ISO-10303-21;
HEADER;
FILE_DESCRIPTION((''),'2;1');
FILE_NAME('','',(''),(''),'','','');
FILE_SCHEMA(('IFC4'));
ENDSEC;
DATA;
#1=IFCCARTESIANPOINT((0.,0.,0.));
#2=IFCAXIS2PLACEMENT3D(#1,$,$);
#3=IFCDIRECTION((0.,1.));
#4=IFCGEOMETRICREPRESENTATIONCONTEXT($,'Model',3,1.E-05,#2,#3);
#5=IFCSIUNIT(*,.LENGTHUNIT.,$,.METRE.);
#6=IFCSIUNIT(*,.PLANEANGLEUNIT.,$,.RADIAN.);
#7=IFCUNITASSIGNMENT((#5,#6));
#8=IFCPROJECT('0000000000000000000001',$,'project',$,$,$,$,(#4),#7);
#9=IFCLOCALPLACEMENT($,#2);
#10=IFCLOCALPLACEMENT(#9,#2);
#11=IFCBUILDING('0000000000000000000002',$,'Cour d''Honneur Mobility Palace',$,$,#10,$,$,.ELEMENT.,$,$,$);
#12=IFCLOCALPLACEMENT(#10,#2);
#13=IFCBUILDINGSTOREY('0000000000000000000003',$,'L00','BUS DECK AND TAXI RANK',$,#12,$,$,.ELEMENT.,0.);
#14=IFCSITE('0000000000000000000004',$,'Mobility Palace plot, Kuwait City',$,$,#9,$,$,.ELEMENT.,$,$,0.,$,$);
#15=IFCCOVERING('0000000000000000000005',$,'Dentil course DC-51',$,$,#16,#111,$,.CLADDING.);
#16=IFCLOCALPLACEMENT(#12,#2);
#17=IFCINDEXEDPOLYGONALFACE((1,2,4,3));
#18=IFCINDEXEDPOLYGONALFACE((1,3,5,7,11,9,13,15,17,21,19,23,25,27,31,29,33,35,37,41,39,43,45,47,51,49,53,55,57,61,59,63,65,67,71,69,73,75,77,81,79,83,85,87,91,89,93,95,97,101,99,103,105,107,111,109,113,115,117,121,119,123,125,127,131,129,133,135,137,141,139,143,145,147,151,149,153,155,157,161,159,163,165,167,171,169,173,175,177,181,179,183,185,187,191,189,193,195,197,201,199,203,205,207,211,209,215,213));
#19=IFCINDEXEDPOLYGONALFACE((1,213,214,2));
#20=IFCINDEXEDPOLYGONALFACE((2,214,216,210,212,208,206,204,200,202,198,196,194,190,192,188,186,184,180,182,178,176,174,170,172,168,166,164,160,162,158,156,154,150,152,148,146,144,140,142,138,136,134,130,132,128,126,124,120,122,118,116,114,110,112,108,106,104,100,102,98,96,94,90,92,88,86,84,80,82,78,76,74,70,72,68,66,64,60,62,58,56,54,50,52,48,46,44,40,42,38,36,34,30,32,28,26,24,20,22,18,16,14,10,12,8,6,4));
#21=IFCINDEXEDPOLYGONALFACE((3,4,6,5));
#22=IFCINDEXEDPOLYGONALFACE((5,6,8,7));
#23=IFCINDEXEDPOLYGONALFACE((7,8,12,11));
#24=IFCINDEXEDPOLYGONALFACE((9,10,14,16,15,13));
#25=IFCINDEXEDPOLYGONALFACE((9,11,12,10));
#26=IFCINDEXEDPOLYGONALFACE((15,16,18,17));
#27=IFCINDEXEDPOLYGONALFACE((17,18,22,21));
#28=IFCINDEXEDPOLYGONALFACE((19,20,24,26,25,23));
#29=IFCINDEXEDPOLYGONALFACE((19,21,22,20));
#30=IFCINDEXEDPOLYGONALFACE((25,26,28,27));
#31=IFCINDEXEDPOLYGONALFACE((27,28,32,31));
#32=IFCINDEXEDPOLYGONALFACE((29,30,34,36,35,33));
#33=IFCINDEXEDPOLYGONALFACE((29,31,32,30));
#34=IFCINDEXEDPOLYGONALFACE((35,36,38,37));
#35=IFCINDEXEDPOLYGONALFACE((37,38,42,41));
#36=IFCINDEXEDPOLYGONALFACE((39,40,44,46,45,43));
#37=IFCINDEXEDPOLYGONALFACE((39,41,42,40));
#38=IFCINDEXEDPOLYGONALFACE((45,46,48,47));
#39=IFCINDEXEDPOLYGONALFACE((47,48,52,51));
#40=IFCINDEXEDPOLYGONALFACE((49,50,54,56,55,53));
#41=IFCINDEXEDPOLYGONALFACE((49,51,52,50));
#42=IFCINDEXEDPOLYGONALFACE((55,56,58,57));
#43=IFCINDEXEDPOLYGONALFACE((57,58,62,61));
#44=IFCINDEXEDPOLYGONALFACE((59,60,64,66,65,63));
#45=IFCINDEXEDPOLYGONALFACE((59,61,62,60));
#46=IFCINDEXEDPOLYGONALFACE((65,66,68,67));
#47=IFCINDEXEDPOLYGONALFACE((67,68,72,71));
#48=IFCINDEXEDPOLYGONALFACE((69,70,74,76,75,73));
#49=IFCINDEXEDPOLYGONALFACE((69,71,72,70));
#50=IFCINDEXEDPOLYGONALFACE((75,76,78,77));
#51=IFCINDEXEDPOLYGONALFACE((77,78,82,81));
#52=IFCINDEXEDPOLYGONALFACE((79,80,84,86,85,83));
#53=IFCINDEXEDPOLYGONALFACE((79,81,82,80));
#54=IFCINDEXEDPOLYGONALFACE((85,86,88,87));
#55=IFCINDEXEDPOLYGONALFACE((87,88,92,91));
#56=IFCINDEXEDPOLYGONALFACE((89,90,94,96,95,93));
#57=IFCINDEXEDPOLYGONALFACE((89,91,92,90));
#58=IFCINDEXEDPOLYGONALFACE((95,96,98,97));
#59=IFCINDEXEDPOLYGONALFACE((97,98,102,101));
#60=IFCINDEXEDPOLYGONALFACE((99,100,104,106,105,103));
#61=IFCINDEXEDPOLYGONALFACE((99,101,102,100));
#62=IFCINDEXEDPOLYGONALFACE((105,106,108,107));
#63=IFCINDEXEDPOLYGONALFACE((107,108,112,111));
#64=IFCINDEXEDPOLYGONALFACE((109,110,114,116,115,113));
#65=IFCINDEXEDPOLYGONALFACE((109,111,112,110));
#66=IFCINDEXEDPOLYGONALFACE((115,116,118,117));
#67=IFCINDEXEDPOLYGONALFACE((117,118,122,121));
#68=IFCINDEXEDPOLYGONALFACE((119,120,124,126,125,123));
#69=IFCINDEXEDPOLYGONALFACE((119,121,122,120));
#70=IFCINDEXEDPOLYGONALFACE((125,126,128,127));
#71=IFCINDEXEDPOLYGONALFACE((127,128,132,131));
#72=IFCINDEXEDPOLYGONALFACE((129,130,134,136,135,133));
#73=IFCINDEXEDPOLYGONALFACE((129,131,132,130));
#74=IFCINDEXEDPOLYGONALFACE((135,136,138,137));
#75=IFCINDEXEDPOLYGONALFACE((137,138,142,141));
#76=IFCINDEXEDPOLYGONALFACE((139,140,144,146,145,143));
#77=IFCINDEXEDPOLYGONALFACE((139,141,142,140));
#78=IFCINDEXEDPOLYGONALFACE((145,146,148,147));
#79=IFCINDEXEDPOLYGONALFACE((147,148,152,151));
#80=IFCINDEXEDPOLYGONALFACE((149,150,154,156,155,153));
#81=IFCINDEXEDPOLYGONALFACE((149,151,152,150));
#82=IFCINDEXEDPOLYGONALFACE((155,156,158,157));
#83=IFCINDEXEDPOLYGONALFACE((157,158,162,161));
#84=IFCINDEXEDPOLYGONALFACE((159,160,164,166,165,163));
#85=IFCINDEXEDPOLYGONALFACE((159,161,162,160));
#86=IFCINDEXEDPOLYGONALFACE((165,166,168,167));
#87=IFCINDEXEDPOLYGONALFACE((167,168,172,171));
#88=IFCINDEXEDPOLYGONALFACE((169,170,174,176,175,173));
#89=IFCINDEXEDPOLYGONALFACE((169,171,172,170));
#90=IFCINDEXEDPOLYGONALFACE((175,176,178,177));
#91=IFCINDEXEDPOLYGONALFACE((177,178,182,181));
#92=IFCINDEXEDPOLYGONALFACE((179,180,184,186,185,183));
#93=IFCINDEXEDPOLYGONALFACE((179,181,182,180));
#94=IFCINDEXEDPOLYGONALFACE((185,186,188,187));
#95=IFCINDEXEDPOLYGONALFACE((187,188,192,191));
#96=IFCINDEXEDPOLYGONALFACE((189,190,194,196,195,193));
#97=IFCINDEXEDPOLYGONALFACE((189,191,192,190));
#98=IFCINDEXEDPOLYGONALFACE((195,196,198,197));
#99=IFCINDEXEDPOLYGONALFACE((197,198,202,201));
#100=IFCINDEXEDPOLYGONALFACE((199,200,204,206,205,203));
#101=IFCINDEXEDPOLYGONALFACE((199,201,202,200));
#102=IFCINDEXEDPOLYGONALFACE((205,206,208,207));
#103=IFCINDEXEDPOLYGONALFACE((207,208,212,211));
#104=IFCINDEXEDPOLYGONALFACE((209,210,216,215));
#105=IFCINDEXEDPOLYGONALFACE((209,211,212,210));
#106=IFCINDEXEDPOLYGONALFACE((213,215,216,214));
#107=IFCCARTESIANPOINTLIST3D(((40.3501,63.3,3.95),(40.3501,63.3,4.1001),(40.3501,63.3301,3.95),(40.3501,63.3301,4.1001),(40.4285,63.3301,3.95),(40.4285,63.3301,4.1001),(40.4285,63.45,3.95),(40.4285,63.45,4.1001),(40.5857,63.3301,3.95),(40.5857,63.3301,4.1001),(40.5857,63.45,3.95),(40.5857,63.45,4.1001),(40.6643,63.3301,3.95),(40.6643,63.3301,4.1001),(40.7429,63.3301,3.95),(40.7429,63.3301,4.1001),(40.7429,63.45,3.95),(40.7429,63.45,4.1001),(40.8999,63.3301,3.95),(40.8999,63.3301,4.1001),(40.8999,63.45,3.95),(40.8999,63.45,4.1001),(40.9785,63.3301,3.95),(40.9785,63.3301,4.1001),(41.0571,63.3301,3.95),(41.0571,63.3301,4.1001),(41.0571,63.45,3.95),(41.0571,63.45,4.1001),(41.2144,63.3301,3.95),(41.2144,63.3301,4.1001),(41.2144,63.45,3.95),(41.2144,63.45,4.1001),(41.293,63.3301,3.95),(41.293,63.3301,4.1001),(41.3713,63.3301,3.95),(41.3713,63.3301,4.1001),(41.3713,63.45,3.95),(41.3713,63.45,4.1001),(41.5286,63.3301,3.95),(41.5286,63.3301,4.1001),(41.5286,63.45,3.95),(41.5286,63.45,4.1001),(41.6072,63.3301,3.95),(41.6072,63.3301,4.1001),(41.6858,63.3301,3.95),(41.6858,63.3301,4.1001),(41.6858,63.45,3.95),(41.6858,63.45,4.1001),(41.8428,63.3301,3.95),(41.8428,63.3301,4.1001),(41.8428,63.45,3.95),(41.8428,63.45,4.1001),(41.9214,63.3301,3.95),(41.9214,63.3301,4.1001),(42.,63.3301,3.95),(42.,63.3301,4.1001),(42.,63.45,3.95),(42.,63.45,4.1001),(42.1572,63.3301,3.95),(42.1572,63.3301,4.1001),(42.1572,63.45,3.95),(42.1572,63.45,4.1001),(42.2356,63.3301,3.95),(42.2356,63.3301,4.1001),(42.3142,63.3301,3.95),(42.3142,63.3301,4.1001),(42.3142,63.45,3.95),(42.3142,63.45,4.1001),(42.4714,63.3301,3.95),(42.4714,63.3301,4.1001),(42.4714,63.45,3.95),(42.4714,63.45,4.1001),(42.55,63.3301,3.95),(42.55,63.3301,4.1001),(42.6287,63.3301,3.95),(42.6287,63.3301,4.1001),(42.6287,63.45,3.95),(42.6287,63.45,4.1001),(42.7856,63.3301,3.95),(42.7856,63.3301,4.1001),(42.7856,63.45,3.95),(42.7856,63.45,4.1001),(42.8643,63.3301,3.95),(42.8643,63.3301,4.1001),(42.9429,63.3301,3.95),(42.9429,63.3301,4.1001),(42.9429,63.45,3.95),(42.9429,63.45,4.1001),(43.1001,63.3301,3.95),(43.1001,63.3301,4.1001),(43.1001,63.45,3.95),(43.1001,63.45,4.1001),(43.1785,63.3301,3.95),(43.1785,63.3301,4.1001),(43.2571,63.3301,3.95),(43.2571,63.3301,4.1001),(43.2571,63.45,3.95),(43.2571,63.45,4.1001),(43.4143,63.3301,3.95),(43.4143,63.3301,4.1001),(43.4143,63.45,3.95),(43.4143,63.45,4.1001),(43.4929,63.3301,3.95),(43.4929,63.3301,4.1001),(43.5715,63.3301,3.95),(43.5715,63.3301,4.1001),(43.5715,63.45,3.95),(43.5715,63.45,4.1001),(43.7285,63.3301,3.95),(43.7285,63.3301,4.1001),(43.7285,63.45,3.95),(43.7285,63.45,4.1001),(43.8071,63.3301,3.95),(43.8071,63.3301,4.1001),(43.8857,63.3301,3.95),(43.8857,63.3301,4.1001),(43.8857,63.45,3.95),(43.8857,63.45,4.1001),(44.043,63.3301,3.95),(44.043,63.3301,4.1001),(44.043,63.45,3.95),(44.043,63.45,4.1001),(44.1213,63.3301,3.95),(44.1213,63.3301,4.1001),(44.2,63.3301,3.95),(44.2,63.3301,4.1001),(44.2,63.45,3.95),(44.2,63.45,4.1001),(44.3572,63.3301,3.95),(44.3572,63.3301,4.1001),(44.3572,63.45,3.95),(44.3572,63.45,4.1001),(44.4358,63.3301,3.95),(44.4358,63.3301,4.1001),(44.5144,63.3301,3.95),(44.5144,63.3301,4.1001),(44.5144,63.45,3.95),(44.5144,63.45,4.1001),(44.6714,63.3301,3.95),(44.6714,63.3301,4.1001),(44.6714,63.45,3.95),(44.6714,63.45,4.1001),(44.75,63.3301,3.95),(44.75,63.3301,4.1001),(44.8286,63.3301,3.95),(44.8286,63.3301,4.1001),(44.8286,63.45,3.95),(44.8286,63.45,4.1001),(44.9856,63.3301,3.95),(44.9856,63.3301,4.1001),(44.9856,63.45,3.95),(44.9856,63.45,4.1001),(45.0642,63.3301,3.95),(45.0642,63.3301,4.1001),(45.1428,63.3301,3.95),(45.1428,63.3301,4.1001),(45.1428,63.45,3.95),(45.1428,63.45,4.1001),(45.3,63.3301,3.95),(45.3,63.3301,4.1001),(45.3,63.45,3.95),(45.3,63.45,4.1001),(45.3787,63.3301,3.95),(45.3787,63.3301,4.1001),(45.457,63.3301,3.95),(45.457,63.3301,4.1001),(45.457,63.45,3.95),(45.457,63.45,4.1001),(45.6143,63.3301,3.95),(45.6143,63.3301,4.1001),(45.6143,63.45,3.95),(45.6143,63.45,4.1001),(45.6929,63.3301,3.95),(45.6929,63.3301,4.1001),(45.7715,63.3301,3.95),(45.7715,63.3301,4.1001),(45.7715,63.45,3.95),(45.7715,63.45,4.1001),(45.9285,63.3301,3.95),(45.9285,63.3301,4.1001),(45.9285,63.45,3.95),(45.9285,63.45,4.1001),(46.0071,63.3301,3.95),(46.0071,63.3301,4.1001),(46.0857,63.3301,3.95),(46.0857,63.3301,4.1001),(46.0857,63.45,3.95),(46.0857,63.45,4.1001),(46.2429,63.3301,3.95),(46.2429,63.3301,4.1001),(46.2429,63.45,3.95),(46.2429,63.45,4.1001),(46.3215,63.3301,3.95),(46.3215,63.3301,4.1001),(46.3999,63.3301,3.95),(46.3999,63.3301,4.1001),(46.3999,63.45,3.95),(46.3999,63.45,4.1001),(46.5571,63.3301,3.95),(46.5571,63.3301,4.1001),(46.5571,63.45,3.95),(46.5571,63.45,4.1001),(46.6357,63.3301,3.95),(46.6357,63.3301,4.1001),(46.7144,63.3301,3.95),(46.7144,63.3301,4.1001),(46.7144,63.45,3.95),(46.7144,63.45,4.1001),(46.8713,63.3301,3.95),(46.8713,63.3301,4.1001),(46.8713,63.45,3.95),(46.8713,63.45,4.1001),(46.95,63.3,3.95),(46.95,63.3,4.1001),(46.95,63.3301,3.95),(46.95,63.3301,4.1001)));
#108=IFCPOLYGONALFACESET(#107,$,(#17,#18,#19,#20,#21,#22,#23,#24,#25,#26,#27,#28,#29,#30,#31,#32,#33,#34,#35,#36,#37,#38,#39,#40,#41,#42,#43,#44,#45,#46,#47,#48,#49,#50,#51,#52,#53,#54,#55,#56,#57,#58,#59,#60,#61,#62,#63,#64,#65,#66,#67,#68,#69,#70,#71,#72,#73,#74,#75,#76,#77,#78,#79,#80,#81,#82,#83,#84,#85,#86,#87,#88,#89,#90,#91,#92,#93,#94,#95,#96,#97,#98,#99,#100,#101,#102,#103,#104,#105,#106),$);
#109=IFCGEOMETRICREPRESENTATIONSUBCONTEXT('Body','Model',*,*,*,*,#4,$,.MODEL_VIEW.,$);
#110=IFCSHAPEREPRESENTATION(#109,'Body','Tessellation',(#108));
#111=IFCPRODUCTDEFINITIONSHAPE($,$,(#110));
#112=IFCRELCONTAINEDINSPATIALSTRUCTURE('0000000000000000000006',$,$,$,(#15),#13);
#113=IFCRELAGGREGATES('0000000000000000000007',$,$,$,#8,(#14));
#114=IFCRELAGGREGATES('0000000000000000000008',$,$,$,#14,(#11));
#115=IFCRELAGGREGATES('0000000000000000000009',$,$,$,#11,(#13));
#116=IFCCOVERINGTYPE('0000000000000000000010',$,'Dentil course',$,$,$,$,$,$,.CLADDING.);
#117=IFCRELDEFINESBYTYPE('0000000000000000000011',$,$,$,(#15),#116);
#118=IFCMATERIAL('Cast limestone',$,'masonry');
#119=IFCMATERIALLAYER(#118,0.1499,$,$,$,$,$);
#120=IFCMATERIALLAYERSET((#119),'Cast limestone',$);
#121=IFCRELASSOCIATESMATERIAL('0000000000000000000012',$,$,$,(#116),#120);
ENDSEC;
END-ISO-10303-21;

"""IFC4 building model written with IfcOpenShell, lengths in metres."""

from ifc_helpers import new_model, si_unit, direction, frame, origin, place, context, subcontext, project, spatial, polyline, outline, extrude, material, layer, layer_set, type_object, element, save


model = new_model("IFC4")

# Units and contexts
model_context = context("Model", 3, precision=1e-05, world=origin(), true_north=direction((0.0, 1.0)))
body_context = subcontext(model_context, "Body", "Model", "MODEL_VIEW")
ifc_project = project(units=[si_unit("LENGTHUNIT", "METRE"), si_unit("PLANEANGLEUNIT", "RADIAN")], contexts=[model_context])

# Site, building, storey
site_placement = place(None, origin())
site = spatial("IfcSite", under=ifc_project, at=site_placement, Name="Mobility Palace plot, Kuwait City", CompositionType="ELEMENT", RefElevation=0.0)
building_placement = place(site_placement, origin())
building = spatial("IfcBuilding", under=site, at=building_placement, Name="Cour d'Honneur Mobility Palace", CompositionType="ELEMENT")
storey_placement = place(building_placement, origin())
storey = spatial("IfcBuildingStorey", under=building, at=storey_placement, Name="L00", Description="BUS DECK AND TAXI RANK", CompositionType="ELEMENT", Elevation=0.0)

# Covering
ifc_material = material(Name="Cast limestone", Category="masonry")
ifc_layer = layer(ifc_material, 0.1499)
ifc_layer_set = layer_set([ifc_layer], Name="Cast limestone")
covering_type = type_object("IfcCoveringType", Name="Dentil course", PredefinedType="CLADDING", material=ifc_layer_set)
covering_1_placement = place(storey_placement, frame((0.0, 0.0, 3.95)))
element("IfcCovering", 1, at=covering_1_placement, inside=storey, type_object=covering_type, Name="Dentil course DC-51", PredefinedType="CLADDING", context=body_context, shape_type="SweptSolid", body=[
    extrude(outline(polyline([(46.95, 63.3), (40.3501, 63.3), (40.3501, 63.3301), (40.3501, 63.3301), (40.4285, 63.3301), (40.4285, 63.45), (40.5857, 63.45), (40.5857, 63.3301), (40.6643, 63.3301), (40.6643, 63.3301), (40.7429, 63.3301), (40.7429, 63.45), (40.8999, 63.45), (40.8999, 63.3301), (40.9785, 63.3301), (40.9785, 63.3301), (41.0571, 63.3301), (41.0571, 63.45), (41.2144, 63.45), (41.2144, 63.3301), (41.293, 63.3301), (41.293, 63.3301), (41.3713, 63.3301), (41.3713, 63.45), (41.5286, 63.45), (41.5286, 63.3301), (41.6072, 63.3301), (41.6072, 63.3301), (41.6858, 63.3301), (41.6858, 63.45), (41.8428, 63.45), (41.8428, 63.3301), (41.9214, 63.3301), (41.9214, 63.3301), (42.0, 63.3301), (42.0, 63.45), (42.1572, 63.45), (42.1572, 63.3301), (42.2356, 63.3301), (42.2356, 63.3301), (42.3142, 63.3301), (42.3142, 63.45), (42.4714, 63.45), (42.4714, 63.3301), (42.55, 63.3301), (42.55, 63.3301), (42.6287, 63.3301), (42.6287, 63.45), (42.7856, 63.45), (42.7856, 63.3301), (42.8643, 63.3301), (42.8643, 63.3301), (42.9429, 63.3301), (42.9429, 63.45), (43.1001, 63.45), (43.1001, 63.3301), (43.1785, 63.3301), (43.1785, 63.3301), (43.2571, 63.3301), (43.2571, 63.45), (43.4143, 63.45), (43.4143, 63.3301), (43.4929, 63.3301), (43.4929, 63.3301), (43.5715, 63.3301), (43.5715, 63.45), (43.7285, 63.45), (43.7285, 63.3301), (43.8071, 63.3301), (43.8071, 63.3301), (43.8857, 63.3301), (43.8857, 63.45), (44.043, 63.45), (44.043, 63.3301), (44.1213, 63.3301), (44.1213, 63.3301), (44.2, 63.3301), (44.2, 63.45), (44.3572, 63.45), (44.3572, 63.3301), (44.4358, 63.3301), (44.4358, 63.3301), (44.5144, 63.3301), (44.5144, 63.45), (44.6714, 63.45), (44.6714, 63.3301), (44.75, 63.3301), (44.75, 63.3301), (44.8286, 63.3301), (44.8286, 63.45), (44.9856, 63.45), (44.9856, 63.3301), (45.0642, 63.3301), (45.0642, 63.3301), (45.1428, 63.3301), (45.1428, 63.45), (45.3, 63.45), (45.3, 63.3301), (45.3787, 63.3301), (45.3787, 63.3301), (45.457, 63.3301), (45.457, 63.45), (45.6143, 63.45), (45.6143, 63.3301), (45.6929, 63.3301), (45.6929, 63.3301), (45.7715, 63.3301), (45.7715, 63.45), (45.9285, 63.45), (45.9285, 63.3301), (46.0071, 63.3301), (46.0071, 63.3301), (46.0857, 63.3301), (46.0857, 63.45), (46.2429, 63.45), (46.2429, 63.3301), (46.3215, 63.3301), (46.3215, 63.3301), (46.3999, 63.3301), (46.3999, 63.45), (46.5571, 63.45), (46.5571, 63.3301), (46.6357, 63.3301), (46.6357, 63.3301), (46.7144, 63.3301), (46.7144, 63.45), (46.8713, 63.45), (46.8713, 63.3301), (46.95, 63.3301), (46.95, 63.3)])), origin(), (0.0, 0.0, 1.0), 0.1501),
])

save(model, "model.ifc")
